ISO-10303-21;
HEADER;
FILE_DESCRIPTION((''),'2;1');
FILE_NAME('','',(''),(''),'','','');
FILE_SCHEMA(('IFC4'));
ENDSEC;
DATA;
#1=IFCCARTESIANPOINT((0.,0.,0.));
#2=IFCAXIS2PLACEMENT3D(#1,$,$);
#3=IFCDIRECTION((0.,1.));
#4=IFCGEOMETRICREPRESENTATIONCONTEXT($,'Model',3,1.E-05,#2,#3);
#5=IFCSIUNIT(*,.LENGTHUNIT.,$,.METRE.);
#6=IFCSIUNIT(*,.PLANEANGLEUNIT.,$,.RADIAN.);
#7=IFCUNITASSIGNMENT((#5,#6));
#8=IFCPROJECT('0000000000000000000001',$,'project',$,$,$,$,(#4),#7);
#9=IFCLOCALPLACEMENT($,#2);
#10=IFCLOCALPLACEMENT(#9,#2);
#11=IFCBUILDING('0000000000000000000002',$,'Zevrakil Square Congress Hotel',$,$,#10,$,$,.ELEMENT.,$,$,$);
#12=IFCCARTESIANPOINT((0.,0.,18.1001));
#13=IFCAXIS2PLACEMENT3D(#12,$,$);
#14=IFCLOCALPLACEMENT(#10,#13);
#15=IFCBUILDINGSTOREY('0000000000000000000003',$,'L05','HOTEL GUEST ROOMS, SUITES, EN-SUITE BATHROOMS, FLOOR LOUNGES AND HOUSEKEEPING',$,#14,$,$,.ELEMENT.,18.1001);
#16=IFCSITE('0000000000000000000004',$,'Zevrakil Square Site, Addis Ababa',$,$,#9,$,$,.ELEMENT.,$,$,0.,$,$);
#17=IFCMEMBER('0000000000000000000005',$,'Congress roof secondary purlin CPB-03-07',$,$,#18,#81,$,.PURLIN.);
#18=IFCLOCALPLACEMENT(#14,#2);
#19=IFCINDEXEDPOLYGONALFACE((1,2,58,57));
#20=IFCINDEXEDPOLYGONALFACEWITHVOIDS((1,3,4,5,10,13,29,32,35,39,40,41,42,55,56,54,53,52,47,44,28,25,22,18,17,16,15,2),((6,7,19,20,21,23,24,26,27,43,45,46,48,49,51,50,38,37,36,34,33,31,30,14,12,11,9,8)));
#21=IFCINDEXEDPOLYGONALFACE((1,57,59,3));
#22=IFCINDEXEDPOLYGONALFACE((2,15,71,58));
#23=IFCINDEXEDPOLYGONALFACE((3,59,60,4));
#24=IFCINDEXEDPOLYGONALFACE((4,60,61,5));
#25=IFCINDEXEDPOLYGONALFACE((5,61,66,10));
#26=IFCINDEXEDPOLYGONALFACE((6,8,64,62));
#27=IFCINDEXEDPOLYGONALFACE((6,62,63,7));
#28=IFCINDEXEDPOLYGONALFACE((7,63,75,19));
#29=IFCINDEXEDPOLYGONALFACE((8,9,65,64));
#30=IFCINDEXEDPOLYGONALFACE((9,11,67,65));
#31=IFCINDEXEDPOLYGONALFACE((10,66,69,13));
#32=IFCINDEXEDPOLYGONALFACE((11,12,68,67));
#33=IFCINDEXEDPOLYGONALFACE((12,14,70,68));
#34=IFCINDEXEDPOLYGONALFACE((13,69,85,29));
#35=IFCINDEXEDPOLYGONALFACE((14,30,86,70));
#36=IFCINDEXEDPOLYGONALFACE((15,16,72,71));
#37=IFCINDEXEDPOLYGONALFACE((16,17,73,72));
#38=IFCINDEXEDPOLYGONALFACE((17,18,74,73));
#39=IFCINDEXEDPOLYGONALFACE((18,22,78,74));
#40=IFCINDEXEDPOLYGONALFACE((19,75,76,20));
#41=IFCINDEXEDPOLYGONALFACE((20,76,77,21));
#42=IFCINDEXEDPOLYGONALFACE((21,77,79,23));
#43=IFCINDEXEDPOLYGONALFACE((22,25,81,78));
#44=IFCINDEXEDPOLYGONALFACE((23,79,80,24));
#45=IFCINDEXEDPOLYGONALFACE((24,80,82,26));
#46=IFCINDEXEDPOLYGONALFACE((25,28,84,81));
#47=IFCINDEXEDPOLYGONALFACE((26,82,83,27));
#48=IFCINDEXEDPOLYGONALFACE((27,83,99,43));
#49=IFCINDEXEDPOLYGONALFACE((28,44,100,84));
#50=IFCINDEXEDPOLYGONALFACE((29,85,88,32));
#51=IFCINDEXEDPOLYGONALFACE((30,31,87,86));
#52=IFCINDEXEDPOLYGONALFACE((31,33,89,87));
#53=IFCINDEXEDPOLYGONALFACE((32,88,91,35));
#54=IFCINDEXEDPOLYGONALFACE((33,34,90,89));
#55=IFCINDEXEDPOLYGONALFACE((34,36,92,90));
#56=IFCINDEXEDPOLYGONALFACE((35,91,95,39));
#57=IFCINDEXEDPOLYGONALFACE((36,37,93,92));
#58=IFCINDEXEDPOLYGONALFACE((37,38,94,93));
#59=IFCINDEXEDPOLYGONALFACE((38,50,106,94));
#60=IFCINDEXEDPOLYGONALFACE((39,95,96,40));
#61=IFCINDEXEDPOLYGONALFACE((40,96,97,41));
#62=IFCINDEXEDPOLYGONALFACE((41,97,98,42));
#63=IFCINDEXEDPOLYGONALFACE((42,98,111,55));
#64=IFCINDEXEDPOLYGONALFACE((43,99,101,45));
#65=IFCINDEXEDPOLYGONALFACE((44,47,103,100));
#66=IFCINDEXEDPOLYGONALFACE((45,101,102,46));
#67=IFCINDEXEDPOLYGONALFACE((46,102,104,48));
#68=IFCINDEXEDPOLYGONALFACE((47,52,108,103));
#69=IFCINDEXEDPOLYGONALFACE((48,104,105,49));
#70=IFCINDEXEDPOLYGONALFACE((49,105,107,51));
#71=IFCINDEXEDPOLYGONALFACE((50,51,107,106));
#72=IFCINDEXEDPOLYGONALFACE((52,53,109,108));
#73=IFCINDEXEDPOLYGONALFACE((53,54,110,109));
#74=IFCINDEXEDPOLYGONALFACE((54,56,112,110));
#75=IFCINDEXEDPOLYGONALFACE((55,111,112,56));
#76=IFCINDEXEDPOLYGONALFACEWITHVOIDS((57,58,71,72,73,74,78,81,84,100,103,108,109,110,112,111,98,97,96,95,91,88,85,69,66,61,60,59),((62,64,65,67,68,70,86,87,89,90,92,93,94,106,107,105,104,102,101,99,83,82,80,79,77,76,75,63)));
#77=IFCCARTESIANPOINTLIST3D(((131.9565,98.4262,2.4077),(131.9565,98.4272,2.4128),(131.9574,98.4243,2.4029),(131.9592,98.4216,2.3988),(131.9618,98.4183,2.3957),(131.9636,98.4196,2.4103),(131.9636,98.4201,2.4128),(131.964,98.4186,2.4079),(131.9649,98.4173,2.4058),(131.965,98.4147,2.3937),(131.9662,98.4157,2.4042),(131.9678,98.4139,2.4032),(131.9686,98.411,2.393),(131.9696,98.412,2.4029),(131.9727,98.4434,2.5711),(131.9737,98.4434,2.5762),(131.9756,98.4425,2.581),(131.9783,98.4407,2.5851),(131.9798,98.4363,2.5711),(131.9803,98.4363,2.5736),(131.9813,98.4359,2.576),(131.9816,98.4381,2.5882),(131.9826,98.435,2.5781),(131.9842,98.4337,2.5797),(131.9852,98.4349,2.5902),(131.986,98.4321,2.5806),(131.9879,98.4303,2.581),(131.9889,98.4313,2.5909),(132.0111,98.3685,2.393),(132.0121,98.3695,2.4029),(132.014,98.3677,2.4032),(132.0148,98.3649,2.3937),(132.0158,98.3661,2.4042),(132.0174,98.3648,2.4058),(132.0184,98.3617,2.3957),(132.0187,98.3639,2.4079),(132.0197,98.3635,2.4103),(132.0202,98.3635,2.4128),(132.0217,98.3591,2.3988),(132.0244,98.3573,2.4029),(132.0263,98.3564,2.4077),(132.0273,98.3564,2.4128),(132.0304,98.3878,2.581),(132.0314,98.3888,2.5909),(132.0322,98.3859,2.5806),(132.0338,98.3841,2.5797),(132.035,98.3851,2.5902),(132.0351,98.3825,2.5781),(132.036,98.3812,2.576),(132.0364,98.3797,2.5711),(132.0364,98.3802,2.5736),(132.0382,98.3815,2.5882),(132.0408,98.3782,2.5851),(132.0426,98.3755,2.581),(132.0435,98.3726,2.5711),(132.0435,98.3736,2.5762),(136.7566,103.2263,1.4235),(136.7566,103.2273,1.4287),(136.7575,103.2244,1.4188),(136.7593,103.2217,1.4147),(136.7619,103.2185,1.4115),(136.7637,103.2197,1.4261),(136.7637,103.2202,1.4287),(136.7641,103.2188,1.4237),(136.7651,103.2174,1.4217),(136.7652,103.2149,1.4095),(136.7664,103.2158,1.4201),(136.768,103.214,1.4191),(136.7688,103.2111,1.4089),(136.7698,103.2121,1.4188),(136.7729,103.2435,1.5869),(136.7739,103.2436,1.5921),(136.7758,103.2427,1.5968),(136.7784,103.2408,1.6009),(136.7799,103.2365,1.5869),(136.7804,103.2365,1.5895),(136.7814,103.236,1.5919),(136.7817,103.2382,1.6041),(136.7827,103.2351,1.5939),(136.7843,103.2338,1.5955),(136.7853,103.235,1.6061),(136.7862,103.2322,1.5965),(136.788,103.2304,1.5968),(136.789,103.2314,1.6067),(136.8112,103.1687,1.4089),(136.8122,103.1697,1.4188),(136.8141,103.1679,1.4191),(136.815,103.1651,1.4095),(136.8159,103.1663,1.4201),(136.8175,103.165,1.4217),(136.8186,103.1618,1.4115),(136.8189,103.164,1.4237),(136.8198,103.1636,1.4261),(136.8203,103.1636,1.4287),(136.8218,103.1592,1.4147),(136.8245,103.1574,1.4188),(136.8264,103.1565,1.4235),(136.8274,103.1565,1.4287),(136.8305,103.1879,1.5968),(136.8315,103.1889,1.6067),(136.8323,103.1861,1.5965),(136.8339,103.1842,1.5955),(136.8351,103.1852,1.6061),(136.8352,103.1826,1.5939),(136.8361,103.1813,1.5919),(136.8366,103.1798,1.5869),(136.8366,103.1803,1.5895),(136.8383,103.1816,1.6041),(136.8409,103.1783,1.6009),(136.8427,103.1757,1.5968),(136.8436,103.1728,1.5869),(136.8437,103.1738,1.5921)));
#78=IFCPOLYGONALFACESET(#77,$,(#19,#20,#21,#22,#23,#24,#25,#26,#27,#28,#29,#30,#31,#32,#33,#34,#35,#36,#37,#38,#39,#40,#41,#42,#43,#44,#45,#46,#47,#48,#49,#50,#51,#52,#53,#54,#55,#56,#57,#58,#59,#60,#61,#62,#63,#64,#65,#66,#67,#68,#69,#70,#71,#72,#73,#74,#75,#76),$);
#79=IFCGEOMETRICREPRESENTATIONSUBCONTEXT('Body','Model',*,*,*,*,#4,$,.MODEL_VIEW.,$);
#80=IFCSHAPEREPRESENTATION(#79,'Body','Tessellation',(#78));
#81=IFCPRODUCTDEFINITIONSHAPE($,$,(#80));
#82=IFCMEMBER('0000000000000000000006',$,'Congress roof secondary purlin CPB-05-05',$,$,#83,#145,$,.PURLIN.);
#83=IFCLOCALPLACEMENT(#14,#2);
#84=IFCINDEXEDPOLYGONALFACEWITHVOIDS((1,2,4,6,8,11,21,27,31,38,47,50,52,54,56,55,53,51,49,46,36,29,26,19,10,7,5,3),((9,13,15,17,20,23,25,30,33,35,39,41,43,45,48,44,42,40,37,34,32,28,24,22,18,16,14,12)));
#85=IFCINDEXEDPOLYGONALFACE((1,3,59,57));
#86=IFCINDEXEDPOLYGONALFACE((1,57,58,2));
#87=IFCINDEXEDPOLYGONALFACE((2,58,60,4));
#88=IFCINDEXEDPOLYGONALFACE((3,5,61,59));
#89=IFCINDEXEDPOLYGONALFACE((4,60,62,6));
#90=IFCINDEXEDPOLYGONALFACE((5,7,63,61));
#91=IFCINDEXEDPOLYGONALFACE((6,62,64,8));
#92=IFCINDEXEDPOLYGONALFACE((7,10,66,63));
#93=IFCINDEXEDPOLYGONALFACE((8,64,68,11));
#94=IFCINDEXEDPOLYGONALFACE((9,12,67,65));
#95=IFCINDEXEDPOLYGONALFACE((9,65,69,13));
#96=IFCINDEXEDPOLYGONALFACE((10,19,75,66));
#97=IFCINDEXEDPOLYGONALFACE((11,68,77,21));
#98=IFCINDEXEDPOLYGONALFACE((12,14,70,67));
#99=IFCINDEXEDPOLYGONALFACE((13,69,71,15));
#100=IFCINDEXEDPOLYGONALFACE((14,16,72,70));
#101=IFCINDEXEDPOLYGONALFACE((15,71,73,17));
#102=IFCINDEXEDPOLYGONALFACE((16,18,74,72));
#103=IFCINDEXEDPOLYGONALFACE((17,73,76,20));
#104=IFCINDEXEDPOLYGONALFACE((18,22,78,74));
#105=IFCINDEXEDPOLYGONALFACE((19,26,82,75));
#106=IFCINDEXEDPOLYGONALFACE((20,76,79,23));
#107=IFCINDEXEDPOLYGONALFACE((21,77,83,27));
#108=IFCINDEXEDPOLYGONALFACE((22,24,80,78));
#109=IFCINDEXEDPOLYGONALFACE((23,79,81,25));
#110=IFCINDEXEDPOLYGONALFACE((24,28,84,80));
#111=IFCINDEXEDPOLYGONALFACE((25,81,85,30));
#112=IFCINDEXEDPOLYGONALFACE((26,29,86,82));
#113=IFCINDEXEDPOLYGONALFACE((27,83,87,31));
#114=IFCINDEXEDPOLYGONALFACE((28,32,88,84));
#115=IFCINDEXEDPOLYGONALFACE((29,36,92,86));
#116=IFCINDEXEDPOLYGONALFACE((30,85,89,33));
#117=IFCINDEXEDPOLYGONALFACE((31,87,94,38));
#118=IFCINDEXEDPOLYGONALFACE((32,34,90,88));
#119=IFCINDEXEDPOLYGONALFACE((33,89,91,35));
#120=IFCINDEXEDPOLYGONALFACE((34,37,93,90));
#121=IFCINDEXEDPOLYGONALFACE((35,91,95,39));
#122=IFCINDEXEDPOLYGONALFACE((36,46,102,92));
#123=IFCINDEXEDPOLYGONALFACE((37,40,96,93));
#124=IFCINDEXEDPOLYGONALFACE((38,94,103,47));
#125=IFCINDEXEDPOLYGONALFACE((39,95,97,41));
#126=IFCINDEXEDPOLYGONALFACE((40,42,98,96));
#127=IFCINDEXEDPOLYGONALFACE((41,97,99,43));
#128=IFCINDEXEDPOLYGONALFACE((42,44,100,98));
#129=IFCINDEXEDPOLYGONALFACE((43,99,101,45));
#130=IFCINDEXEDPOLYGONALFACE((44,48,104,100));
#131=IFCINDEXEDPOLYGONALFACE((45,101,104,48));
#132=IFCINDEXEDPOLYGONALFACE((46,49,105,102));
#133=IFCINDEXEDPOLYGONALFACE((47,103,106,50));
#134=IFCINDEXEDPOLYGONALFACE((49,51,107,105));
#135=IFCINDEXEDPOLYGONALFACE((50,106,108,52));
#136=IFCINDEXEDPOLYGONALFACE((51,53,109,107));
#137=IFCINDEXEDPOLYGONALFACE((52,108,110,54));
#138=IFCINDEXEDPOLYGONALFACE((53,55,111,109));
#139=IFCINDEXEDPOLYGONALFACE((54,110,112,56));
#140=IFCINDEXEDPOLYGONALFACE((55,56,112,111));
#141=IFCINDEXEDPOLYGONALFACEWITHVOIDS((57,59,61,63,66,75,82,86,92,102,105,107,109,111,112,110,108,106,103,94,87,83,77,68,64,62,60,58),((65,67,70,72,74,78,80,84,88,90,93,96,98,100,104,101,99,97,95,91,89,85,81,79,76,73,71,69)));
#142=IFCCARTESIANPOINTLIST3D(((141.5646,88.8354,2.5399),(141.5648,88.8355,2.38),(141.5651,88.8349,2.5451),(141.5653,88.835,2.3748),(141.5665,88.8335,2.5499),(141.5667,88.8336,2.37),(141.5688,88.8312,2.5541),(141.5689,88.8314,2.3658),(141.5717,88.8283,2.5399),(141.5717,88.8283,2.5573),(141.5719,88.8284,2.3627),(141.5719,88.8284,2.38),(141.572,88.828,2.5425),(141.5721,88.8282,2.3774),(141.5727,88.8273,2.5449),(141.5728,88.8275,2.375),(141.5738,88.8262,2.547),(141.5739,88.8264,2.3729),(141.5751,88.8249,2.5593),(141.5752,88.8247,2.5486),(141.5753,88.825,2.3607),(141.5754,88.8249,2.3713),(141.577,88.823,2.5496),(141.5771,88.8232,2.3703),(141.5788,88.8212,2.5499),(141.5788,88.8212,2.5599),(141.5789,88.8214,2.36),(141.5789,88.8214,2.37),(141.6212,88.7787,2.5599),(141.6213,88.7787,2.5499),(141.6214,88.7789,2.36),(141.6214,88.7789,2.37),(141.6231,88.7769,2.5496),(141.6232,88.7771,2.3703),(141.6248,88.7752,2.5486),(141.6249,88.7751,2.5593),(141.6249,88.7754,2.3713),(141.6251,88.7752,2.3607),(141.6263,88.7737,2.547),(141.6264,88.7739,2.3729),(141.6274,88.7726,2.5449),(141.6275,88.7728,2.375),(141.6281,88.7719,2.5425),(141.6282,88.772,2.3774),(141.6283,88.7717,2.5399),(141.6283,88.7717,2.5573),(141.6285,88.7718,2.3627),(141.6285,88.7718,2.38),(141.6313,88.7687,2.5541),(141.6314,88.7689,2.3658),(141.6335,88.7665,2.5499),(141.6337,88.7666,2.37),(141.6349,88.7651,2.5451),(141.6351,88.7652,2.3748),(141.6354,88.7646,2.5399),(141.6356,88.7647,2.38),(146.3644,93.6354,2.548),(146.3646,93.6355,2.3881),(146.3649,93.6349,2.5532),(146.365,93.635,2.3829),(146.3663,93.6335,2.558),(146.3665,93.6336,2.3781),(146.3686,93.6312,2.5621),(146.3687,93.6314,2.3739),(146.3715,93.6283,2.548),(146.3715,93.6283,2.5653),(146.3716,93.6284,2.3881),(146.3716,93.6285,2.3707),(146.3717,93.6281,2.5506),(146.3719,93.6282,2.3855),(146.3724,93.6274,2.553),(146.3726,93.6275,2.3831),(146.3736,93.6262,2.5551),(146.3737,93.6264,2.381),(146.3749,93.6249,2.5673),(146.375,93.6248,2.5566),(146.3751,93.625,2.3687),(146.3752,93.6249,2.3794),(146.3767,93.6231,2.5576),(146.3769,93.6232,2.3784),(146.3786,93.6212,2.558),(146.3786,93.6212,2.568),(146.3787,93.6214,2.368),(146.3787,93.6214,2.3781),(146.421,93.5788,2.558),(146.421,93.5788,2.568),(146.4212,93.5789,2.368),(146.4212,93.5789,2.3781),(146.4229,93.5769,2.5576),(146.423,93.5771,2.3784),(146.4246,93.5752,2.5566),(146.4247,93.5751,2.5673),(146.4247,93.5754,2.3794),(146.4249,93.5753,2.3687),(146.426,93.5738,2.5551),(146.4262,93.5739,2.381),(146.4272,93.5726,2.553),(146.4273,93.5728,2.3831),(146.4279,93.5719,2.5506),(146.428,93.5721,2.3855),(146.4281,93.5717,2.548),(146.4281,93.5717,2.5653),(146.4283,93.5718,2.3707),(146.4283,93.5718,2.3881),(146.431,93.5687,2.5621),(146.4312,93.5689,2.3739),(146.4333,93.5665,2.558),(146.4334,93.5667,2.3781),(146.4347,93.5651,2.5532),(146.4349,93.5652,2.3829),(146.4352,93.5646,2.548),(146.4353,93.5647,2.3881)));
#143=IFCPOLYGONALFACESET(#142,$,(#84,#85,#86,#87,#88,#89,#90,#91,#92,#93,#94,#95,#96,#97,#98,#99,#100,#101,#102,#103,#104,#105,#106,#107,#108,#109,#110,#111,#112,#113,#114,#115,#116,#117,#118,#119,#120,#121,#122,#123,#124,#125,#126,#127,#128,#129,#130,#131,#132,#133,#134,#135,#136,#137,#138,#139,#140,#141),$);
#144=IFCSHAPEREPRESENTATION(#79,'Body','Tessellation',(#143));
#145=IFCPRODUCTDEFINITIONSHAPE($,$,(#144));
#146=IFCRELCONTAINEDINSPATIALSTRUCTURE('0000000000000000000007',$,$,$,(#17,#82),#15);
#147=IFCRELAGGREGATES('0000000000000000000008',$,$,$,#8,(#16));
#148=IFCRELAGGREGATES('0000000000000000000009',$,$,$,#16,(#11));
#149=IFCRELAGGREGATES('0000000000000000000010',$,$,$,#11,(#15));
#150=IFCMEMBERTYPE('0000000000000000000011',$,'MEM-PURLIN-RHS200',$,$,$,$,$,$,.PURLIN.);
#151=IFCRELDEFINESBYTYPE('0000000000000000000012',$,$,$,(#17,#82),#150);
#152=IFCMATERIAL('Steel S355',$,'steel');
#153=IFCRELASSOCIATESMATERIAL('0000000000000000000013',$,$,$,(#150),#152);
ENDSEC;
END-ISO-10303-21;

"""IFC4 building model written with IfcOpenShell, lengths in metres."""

from ifc_helpers import new_model, si_unit, direction, frame, origin, origin_2d, place, context, subcontext, project, spatial, hollow_rectangle, extrude, material, material_profile, profile_set, type_object, element, save


model = new_model("IFC4")

# Units and contexts
model_context = context("Model", 3, precision=1e-05, world=origin(), true_north=direction((0.0, 1.0)))
body_context = subcontext(model_context, "Body", "Model", "MODEL_VIEW")
ifc_project = project(units=[si_unit("LENGTHUNIT", "METRE"), si_unit("PLANEANGLEUNIT", "RADIAN")], contexts=[model_context])

# Site, building, storey
site_placement = place(None, origin())
site = spatial("IfcSite", under=ifc_project, at=site_placement, Name="Zevrakil Square Site, Addis Ababa", CompositionType="ELEMENT", RefElevation=0.0)
building_placement = place(site_placement, origin())
building = spatial("IfcBuilding", under=site, at=building_placement, Name="Zevrakil Square Congress Hotel", CompositionType="ELEMENT")
storey_placement = place(building_placement, frame((0.0, 0.0, 18.1001)))
storey = spatial("IfcBuildingStorey", under=building, at=storey_placement, Name="L05", Description="HOTEL GUEST ROOMS, SUITES, EN-SUITE BATHROOMS, FLOOR LOUNGES AND HOUSEKEEPING", CompositionType="ELEMENT", Elevation=18.1001)

# Members
ifc_material_1 = material(Name="Steel S355", Category="steel")
ifc_material_profile_1 = material_profile(ifc_material_1, hollow_rectangle(XDim=0.1001, YDim=0.2, WallThickness=0.01, InnerFilletRadius=0.01, OuterFilletRadius=0.02, at=origin_2d()), Name="RHS 200x100x10")
ifc_profile_set_1 = profile_set([ifc_material_profile_1], Name="Steel S355")
member_type_1 = type_object("IfcMemberType", Name="MEM-PURLIN-RHS200", PredefinedType="PURLIN", material=ifc_profile_set_1)
member_1_placement = place(storey_placement, frame((132.0, 98.3999, 2.4919), z_axis=(0.699791, 0.699791, -0.143475), x_axis=(-0.707107, 0.707107, 0.0)))
element("IfcMember", 1, at=member_1_placement, inside=storey, type_object=member_type_1, Name="Congress roof secondary purlin CPB-03-07", PredefinedType="PURLIN", context=body_context, shape_type="SweptSolid", body=[
    extrude(hollow_rectangle(XDim=0.1001, YDim=0.2, WallThickness=0.01, InnerFilletRadius=0.01, OuterFilletRadius=0.02, at=origin_2d()), origin(), (0.0, 0.0, 1.0), 6.8594),
])
member_2_placement = place(storey_placement, frame((141.6001, 88.8, 2.46), z_axis=(0.707088, 0.707124, 0.001187), x_axis=(-0.707125, 0.707089, 0.0)))
element("IfcMember", 2, at=member_2_placement, inside=storey, type_object=member_type_1, Name="Congress roof secondary purlin CPB-05-05", PredefinedType="PURLIN", context=body_context, shape_type="SweptSolid", body=[
    extrude(hollow_rectangle(XDim=0.1001, YDim=0.2, WallThickness=0.01, InnerFilletRadius=0.01, OuterFilletRadius=0.02, at=origin_2d()), origin(), (0.0, 0.0, 1.0), 6.7881),
])

save(model, "model.ifc")
